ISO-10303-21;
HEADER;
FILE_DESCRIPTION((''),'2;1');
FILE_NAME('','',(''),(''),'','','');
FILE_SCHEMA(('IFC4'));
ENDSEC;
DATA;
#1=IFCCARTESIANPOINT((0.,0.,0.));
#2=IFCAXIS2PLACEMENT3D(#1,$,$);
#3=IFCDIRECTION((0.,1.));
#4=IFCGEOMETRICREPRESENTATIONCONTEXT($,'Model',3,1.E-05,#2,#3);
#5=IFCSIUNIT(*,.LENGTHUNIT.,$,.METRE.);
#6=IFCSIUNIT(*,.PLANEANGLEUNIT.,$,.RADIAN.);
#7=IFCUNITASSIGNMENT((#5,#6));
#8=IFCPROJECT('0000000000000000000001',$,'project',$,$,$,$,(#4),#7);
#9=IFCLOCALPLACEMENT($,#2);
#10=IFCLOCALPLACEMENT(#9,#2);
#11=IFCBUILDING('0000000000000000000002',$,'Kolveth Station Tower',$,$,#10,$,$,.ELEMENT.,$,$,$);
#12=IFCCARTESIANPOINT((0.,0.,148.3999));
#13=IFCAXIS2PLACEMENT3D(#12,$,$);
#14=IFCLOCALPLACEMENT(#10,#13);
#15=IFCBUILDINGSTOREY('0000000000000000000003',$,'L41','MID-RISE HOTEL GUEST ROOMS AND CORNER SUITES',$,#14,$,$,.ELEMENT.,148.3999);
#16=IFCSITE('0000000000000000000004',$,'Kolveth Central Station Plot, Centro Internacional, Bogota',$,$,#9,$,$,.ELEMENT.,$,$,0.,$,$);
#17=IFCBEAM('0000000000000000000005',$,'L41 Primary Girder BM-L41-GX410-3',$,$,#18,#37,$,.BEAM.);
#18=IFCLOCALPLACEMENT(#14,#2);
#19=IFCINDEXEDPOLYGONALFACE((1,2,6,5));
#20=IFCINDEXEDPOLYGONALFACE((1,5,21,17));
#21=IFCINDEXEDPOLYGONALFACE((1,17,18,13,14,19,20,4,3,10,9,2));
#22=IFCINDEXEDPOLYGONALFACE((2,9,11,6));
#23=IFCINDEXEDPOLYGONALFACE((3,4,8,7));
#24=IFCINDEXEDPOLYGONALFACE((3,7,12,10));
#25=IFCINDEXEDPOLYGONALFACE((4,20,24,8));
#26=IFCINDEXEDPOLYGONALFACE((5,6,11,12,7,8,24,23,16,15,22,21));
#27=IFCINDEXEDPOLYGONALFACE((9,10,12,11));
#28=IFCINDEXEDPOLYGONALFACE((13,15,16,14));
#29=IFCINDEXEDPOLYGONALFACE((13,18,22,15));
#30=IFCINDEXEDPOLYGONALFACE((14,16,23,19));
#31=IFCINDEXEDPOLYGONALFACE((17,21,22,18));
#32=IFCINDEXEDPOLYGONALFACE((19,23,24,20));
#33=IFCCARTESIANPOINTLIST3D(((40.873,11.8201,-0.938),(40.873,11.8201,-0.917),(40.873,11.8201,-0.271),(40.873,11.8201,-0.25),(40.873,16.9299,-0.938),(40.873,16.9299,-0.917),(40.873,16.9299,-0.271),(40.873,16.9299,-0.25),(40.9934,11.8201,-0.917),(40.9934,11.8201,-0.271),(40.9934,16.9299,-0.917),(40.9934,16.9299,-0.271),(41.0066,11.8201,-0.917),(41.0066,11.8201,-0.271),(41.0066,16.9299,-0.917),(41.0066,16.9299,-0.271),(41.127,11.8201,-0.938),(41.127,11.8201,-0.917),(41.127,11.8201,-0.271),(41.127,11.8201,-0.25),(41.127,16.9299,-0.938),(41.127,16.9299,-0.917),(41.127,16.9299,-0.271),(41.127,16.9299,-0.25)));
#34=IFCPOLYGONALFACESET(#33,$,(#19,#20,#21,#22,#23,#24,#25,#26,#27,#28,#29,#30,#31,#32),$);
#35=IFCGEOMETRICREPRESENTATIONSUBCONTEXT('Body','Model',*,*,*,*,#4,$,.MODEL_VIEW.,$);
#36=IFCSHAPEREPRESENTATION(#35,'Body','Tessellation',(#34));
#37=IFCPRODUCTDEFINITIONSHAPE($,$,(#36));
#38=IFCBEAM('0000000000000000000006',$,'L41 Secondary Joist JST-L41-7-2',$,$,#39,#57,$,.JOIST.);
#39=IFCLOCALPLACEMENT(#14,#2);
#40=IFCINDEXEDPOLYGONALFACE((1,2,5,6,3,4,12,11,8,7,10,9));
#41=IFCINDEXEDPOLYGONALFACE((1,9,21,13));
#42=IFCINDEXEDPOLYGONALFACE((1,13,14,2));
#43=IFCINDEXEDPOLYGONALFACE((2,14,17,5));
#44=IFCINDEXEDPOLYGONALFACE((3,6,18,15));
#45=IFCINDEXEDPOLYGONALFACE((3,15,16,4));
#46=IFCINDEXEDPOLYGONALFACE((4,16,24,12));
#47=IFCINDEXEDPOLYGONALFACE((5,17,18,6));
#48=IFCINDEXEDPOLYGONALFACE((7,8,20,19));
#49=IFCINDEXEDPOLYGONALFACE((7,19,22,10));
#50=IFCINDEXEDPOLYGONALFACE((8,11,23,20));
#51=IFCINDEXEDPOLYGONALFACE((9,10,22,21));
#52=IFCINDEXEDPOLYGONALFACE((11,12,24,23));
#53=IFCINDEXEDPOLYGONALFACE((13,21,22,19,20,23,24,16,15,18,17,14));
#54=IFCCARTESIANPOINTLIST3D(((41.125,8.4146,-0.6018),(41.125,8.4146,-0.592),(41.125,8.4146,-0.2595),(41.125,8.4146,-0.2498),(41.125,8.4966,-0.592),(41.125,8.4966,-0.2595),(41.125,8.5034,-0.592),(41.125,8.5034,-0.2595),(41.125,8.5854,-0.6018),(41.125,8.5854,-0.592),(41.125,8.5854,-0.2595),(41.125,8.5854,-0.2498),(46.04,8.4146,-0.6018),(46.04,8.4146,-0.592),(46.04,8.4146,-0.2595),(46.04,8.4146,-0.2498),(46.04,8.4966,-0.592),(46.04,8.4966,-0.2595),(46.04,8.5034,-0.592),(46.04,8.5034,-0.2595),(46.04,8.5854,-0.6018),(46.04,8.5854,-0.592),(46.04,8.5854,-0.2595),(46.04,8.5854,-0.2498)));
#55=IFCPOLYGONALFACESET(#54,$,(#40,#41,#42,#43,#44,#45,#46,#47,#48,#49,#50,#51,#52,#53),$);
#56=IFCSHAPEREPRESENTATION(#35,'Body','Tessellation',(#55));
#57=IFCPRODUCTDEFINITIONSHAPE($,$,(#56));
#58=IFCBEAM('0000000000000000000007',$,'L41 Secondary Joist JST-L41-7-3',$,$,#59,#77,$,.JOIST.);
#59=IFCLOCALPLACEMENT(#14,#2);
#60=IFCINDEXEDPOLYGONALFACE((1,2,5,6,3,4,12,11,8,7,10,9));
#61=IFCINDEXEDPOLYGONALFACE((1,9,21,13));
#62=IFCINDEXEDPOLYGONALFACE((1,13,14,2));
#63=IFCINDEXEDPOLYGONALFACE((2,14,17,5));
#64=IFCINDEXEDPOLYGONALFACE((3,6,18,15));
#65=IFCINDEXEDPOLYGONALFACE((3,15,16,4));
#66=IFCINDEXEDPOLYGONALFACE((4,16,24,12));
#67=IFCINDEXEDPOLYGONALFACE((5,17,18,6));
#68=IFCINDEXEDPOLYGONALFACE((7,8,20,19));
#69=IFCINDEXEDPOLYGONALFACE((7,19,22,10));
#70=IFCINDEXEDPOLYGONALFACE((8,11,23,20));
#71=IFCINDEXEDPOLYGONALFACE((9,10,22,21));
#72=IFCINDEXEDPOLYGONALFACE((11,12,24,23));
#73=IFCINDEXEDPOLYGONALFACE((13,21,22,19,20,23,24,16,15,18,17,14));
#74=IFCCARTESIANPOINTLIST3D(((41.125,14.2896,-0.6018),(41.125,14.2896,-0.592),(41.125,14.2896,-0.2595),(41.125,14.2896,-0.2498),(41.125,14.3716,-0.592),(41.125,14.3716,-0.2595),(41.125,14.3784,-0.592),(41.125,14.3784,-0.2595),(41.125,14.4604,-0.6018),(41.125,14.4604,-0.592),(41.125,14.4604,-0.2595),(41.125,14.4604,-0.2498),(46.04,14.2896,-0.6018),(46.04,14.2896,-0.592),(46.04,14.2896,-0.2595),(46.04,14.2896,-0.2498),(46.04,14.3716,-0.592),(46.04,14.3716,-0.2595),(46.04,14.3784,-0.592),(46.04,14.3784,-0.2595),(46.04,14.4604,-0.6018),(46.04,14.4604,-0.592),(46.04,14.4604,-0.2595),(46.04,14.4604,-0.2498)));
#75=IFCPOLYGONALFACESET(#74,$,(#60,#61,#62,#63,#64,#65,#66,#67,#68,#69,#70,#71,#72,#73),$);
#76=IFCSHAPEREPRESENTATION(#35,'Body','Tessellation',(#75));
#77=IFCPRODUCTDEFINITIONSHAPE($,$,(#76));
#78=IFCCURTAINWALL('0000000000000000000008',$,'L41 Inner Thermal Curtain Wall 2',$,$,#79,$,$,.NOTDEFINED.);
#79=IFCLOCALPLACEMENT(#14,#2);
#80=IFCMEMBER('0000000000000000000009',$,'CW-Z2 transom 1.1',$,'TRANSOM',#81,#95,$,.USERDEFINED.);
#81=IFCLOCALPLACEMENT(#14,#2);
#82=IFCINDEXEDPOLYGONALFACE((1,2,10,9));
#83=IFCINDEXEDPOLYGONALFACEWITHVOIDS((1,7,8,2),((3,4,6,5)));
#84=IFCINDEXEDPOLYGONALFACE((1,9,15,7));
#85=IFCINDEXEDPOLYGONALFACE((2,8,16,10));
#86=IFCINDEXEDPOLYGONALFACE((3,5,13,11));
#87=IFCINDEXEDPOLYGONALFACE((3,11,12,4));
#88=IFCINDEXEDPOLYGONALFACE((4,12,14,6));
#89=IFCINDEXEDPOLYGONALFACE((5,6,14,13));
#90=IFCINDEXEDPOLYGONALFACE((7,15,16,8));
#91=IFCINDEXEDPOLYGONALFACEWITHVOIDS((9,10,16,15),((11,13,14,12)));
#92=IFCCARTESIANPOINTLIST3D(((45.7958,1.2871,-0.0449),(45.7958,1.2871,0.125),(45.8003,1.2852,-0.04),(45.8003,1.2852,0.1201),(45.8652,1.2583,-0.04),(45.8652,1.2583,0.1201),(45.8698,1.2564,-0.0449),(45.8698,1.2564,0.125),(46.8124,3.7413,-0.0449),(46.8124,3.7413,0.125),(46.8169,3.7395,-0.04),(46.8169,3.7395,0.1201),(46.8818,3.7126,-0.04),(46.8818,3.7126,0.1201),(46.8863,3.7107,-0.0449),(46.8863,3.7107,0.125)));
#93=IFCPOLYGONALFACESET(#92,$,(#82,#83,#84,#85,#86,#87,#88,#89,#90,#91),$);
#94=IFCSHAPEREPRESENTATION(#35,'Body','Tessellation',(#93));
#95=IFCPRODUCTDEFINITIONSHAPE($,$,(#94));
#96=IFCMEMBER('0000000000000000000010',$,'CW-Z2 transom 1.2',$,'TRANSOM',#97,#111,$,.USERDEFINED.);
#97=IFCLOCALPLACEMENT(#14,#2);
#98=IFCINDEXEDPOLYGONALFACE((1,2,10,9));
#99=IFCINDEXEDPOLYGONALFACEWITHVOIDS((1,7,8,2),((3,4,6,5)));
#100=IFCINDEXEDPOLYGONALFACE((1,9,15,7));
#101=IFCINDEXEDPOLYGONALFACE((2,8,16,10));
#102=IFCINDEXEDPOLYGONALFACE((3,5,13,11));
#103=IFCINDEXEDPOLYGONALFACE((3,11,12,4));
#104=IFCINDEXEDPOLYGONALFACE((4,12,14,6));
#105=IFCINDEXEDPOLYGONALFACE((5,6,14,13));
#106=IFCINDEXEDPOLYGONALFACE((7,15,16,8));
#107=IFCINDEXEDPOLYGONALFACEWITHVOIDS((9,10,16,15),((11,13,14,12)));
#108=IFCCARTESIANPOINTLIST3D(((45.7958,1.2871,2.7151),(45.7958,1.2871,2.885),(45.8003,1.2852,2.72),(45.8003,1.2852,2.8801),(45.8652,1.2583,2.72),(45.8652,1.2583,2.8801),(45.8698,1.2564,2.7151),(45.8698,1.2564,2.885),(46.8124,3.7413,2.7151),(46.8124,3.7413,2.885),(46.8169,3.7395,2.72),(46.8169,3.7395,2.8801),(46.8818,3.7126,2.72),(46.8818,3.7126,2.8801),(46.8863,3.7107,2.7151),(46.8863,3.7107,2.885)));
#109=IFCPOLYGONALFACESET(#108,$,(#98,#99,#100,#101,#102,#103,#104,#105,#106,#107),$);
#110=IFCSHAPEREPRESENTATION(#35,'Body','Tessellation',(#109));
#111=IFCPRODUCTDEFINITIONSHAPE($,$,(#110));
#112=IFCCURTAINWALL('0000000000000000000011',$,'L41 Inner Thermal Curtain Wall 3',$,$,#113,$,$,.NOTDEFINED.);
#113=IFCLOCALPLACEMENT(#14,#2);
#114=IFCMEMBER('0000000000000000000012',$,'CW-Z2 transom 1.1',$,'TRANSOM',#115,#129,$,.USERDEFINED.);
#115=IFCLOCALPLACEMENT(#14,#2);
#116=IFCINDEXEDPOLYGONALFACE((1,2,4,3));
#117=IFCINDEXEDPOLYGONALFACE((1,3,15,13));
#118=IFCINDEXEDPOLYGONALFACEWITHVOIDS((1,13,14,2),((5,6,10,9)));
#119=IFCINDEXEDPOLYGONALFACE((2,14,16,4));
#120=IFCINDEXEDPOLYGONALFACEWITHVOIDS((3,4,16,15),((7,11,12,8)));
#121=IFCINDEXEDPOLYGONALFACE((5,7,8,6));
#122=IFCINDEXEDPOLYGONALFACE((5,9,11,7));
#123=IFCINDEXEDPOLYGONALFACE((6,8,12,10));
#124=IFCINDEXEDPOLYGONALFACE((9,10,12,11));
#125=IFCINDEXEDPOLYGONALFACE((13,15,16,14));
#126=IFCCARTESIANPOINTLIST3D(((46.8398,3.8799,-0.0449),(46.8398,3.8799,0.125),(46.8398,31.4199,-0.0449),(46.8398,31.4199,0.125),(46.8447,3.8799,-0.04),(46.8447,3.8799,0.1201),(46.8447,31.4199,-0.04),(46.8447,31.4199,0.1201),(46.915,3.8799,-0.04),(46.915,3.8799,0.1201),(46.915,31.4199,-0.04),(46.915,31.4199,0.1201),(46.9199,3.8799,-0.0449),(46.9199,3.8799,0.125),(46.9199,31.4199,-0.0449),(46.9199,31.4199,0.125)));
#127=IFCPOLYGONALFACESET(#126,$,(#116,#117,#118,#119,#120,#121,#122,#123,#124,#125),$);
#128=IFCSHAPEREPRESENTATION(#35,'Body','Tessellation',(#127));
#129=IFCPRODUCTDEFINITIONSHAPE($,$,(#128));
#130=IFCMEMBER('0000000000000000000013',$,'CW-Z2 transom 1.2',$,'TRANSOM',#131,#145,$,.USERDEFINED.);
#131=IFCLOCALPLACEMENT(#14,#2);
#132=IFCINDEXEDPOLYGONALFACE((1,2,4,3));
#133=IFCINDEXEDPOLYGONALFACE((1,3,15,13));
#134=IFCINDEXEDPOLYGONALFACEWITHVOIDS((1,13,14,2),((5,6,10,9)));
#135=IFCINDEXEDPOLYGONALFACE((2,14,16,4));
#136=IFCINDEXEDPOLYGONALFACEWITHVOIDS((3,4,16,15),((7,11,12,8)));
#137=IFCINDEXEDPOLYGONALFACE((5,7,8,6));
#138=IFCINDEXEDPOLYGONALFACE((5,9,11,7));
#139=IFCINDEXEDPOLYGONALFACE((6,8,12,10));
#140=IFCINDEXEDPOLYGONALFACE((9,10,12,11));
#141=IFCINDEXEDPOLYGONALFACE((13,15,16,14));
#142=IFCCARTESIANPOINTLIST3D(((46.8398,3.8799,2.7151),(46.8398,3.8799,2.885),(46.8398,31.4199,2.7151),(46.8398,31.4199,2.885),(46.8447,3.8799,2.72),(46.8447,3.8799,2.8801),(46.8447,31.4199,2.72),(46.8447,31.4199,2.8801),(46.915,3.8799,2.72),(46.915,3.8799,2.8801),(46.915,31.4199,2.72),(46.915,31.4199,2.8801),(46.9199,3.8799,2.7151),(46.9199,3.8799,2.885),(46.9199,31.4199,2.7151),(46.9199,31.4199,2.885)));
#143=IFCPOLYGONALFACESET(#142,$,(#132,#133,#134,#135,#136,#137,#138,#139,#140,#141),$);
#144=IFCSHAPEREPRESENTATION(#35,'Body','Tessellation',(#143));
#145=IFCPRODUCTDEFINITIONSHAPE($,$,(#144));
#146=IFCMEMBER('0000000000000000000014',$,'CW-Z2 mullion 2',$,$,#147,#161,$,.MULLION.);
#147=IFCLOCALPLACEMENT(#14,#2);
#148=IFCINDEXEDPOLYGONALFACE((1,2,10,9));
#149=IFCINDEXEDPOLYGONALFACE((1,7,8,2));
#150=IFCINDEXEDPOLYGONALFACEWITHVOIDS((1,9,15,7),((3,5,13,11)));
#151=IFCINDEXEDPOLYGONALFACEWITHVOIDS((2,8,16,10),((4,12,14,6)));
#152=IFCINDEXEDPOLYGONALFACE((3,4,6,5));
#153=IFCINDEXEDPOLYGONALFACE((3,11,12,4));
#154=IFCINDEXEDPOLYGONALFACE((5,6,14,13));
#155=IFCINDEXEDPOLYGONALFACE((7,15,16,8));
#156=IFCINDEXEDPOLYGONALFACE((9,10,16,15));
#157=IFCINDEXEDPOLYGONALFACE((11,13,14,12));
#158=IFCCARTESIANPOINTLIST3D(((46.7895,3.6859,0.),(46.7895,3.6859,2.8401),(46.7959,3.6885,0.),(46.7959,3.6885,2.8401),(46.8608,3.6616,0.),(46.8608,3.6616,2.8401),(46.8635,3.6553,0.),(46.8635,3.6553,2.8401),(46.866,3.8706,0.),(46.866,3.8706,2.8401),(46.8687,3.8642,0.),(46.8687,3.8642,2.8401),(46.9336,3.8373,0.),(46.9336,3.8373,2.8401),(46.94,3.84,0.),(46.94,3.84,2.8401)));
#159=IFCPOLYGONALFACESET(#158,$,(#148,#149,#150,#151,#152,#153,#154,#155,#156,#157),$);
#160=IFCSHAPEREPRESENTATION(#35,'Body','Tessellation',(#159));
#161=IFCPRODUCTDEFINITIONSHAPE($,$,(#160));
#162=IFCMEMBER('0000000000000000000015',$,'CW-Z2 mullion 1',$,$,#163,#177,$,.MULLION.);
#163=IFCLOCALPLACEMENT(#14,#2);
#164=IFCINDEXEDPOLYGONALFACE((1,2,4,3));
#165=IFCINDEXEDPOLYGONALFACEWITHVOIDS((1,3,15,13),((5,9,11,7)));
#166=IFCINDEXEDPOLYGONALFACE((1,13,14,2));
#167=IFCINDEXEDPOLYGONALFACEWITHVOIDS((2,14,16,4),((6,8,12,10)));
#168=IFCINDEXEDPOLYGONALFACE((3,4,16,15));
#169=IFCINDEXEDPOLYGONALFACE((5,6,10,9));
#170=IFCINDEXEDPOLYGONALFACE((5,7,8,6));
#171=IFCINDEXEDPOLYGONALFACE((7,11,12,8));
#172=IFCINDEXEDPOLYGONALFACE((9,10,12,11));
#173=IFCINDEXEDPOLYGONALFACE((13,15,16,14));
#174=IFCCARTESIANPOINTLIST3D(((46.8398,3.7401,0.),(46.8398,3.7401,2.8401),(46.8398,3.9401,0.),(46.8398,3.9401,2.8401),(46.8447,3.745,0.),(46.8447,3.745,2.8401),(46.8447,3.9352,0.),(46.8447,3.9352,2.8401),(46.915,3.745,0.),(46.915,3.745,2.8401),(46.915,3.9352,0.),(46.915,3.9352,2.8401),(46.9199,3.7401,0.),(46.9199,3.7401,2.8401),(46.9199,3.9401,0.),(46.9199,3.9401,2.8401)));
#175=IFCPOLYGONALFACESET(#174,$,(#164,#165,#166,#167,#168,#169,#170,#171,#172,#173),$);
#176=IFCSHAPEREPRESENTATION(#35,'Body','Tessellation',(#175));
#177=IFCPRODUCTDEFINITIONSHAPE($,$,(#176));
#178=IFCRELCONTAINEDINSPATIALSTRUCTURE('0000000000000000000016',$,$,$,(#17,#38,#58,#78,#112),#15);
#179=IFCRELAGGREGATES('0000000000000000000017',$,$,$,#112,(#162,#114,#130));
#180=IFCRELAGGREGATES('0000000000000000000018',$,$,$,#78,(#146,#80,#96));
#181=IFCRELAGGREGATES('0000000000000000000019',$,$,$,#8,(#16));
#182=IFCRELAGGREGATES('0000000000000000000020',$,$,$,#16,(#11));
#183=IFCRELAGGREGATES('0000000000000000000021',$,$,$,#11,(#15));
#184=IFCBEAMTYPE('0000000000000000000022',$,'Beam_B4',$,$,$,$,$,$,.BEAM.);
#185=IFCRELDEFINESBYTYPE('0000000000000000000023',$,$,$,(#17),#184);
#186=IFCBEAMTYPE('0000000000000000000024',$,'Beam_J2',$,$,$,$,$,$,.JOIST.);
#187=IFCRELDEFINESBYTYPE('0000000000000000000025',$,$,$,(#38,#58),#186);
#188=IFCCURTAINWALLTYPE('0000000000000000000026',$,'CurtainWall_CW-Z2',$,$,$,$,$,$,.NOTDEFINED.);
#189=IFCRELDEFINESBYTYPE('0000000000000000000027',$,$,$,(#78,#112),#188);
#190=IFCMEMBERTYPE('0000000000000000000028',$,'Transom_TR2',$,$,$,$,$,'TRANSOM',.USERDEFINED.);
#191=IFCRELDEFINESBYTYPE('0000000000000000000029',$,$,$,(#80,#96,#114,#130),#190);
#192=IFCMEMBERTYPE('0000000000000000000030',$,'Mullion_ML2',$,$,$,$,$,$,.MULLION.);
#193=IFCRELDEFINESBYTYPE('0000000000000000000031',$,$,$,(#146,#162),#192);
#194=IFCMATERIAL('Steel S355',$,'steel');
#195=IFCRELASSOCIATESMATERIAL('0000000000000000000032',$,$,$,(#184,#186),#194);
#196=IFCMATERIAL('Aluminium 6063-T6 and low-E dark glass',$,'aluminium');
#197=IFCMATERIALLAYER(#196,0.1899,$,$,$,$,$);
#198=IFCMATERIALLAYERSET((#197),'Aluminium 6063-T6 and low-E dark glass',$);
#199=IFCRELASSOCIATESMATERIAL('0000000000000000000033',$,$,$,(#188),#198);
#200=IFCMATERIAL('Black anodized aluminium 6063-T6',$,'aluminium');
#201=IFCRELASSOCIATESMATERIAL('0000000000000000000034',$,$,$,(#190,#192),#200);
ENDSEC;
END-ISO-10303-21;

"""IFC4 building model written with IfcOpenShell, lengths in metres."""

from ifc_helpers import new_model, si_unit, direction, frame, origin, origin_2d, place, context, subcontext, project, spatial, hollow_rectangle, i_section, extrude, source, transform, mapped, material, layer, layer_set, material_profile, profile_set, type_object, element, aggregate, save


model = new_model("IFC4")

# Units and contexts
model_context = context("Model", 3, precision=1e-05, world=origin(), true_north=direction((0.0, 1.0)))
body_context = subcontext(model_context, "Body", "Model", "MODEL_VIEW")
ifc_project = project(units=[si_unit("LENGTHUNIT", "METRE"), si_unit("PLANEANGLEUNIT", "RADIAN")], contexts=[model_context])

# Site, building, storey
site_placement = place(None, origin())
site = spatial("IfcSite", under=ifc_project, at=site_placement, Name="Kolveth Central Station Plot, Centro Internacional, Bogota", CompositionType="ELEMENT", RefElevation=0.0)
building_placement = place(site_placement, origin())
building = spatial("IfcBuilding", under=site, at=building_placement, Name="Kolveth Station Tower", CompositionType="ELEMENT")
storey_placement = place(building_placement, frame((0.0, 0.0, 148.3999)))
storey = spatial("IfcBuildingStorey", under=building, at=storey_placement, Name="L41", Description="MID-RISE HOTEL GUEST ROOMS AND CORNER SUITES", CompositionType="ELEMENT", Elevation=148.3999)

# Beams
ifc_material_1 = material(Name="Steel S355", Category="steel")
ifc_material_profile_1 = material_profile(ifc_material_1, i_section(OverallWidth=0.2539, OverallDepth=0.688, WebThickness=0.0132, FlangeThickness=0.021, at=origin_2d()), Name="W690x152")
ifc_profile_set_1 = profile_set([ifc_material_profile_1], Name="Steel S355")
beam_type_1 = type_object("IfcBeamType", Name="Beam_B4", PredefinedType="BEAM", material=ifc_profile_set_1)
shared_shape_1 = source(origin(), body_context, "Body", "SweptSolid", [
    extrude(i_section(OverallWidth=0.2539, OverallDepth=0.688, WebThickness=0.0132, FlangeThickness=0.021, at=origin_2d()), origin(), (0.0, 0.0, 1.0), 5.1099),
])
beam_1_placement = place(storey_placement, frame((41.0, 11.8201, -0.594), z_axis=(0.0, 1.0, 0.0), x_axis=(-1.0, 0.0, 0.0)))
element("IfcBeam", 1, at=beam_1_placement, inside=storey, type_object=beam_type_1, Name="L41 Primary Girder BM-L41-GX410-3", PredefinedType="BEAM", context=body_context, shape_type="MappedRepresentation", body=[
    mapped(shared_shape_1, transform((0.0, 0.0, 0.0), x_axis=(1.0, 0.0, 0.0), y_axis=(0.0, 1.0, 0.0), z_axis=(0.0, 0.0, 1.0), scale=1.0)),
])
ifc_material_profile_2 = material_profile(ifc_material_1, i_section(OverallWidth=0.1709, OverallDepth=0.3521, WebThickness=0.0068, FlangeThickness=0.0098, at=origin_2d()), Name="W360x44")
ifc_profile_set_2 = profile_set([ifc_material_profile_2], Name="Steel S355")
beam_type_2 = type_object("IfcBeamType", Name="Beam_J2", PredefinedType="JOIST", material=ifc_profile_set_2)
shared_shape_2 = source(origin(), body_context, "Body", "SweptSolid", [
    extrude(i_section(OverallWidth=0.1709, OverallDepth=0.3521, WebThickness=0.0068, FlangeThickness=0.0098, at=origin_2d()), origin(), (0.0, 0.0, 1.0), 4.915),
])
for number, where, z_axis, x_axis, name in (
    (2, (41.125, 8.5, -0.4258), (1.0, 0.0, 0.0), (0.0, 1.0, 0.0), "L41 Secondary Joist JST-L41-7-2"),
    (3, (41.125, 14.375, -0.4258), (1.0, 0.0, 0.0), (0.0, 1.0, 0.0), "L41 Secondary Joist JST-L41-7-3"),
):
    element("IfcBeam", number, at=place(storey_placement, frame(where, z_axis=z_axis, x_axis=x_axis)), inside=storey, type_object=beam_type_2, Name=name, PredefinedType="JOIST", context=body_context, shape_type="MappedRepresentation", body=[
        mapped(shared_shape_2, transform((0.0, 0.0, 0.0), x_axis=(1.0, 0.0, 0.0), y_axis=(0.0, 1.0, 0.0), z_axis=(0.0, 0.0, 1.0), scale=1.0)),
    ])

# Curtain walls, members
ifc_material_2 = material(Name="Aluminium 6063-T6 and low-E dark glass", Category="aluminium")
ifc_layer_1 = layer(ifc_material_2, 0.1899)
ifc_layer_set_1 = layer_set([ifc_layer_1], Name="Aluminium 6063-T6 and low-E dark glass")
curtain_wall_type_1 = type_object("IfcCurtainWallType", Name="CurtainWall_CW-Z2", PredefinedType="NOTDEFINED", material=ifc_layer_set_1)
curtain_wall_1_placement = place(storey_placement, origin())
curtain_wall_1 = element("IfcCurtainWall", 4, at=curtain_wall_1_placement, inside=storey, type_object=curtain_wall_type_1, Name="L41 Inner Thermal Curtain Wall 2", PredefinedType="NOTDEFINED")
ifc_material_3 = material(Name="Black anodized aluminium 6063-T6", Category="aluminium")
ifc_material_profile_3 = material_profile(ifc_material_3, hollow_rectangle(XDim=0.0801, YDim=0.1699, WallThickness=0.0049, at=origin_2d()), Name="ALU-80x170x5")
ifc_profile_set_3 = profile_set([ifc_material_profile_3], Name="Black anodized aluminium 6063-T6")
member_type_1 = type_object("IfcMemberType", Name="Transom_TR2", ElementType="TRANSOM", PredefinedType="USERDEFINED", material=ifc_profile_set_3)
shared_shape_3 = source(origin(), body_context, "Body", "SweptSolid", [
    extrude(hollow_rectangle(XDim=0.0801, YDim=0.1699, WallThickness=0.0049, at=origin_2d()), origin(), (0.0, 0.0, 1.0), 2.6565),
])
member_1_placement = place(storey_placement, frame((45.8328, 1.2717, 0.04), z_axis=(0.382676, 0.923882, 0.0), x_axis=(-0.923882, 0.382676, 0.0)))
member_1 = element("IfcMember", 5, at=member_1_placement, type_object=member_type_1, Name="CW-Z2 transom 1.1", ObjectType="TRANSOM", PredefinedType="USERDEFINED", context=body_context, shape_type="MappedRepresentation", body=[
    mapped(shared_shape_3, transform((0.0, 0.0, 0.0), x_axis=(1.0, 0.0, 0.0), y_axis=(0.0, 1.0, 0.0), z_axis=(0.0, 0.0, 1.0), scale=1.0)),
])
member_2_placement = place(storey_placement, frame((45.8328, 1.2717, 2.8), z_axis=(0.382676, 0.923882, 0.0), x_axis=(-0.923882, 0.382676, 0.0)))
member_2 = element("IfcMember", 6, at=member_2_placement, type_object=member_type_1, Name="CW-Z2 transom 1.2", ObjectType="TRANSOM", PredefinedType="USERDEFINED", context=body_context, shape_type="MappedRepresentation", body=[
    mapped(shared_shape_3, transform((0.0, 0.0, 0.0), x_axis=(1.0, 0.0, 0.0), y_axis=(0.0, 1.0, 0.0), z_axis=(0.0, 0.0, 1.0), scale=1.0)),
])
curtain_wall_2_placement = place(storey_placement, origin())
curtain_wall_2 = element("IfcCurtainWall", 7, at=curtain_wall_2_placement, inside=storey, type_object=curtain_wall_type_1, Name="L41 Inner Thermal Curtain Wall 3", PredefinedType="NOTDEFINED")
shared_shape_4 = source(origin(), body_context, "Body", "SweptSolid", [
    extrude(hollow_rectangle(XDim=0.0801, YDim=0.1699, WallThickness=0.0049, at=origin_2d()), origin(), (0.0, 0.0, 1.0), 27.54),
])
member_3_placement = place(storey_placement, frame((46.8799, 3.8799, 0.04), z_axis=(0.0, 1.0, 0.0), x_axis=(-1.0, 0.0, 0.0)))
member_3 = element("IfcMember", 8, at=member_3_placement, type_object=member_type_1, Name="CW-Z2 transom 1.1", ObjectType="TRANSOM", PredefinedType="USERDEFINED", context=body_context, shape_type="MappedRepresentation", body=[
    mapped(shared_shape_4, transform((0.0, 0.0, 0.0), x_axis=(1.0, 0.0, 0.0), y_axis=(0.0, 1.0, 0.0), z_axis=(0.0, 0.0, 1.0), scale=1.0)),
])
member_4_placement = place(storey_placement, frame((46.8799, 3.8799, 2.8), z_axis=(0.0, 1.0, 0.0), x_axis=(-1.0, 0.0, 0.0)))
member_4 = element("IfcMember", 9, at=member_4_placement, type_object=member_type_1, Name="CW-Z2 transom 1.2", ObjectType="TRANSOM", PredefinedType="USERDEFINED", context=body_context, shape_type="MappedRepresentation", body=[
    mapped(shared_shape_4, transform((0.0, 0.0, 0.0), x_axis=(1.0, 0.0, 0.0), y_axis=(0.0, 1.0, 0.0), z_axis=(0.0, 0.0, 1.0), scale=1.0)),
])

# Members
ifc_material_profile_4 = material_profile(ifc_material_3, hollow_rectangle(XDim=0.0801, YDim=0.2, WallThickness=0.0049, at=origin_2d()), Name="ALU-80x200x5")
ifc_profile_set_4 = profile_set([ifc_material_profile_4], Name="Black anodized aluminium 6063-T6")
member_type_2 = type_object("IfcMemberType", Name="Mullion_ML2", PredefinedType="MULLION", material=ifc_profile_set_4)
shared_shape_5 = source(origin(), body_context, "Body", "SweptSolid", [
    extrude(hollow_rectangle(XDim=0.0801, YDim=0.2, WallThickness=0.0049, at=origin_2d()), origin(), (0.0, 0.0, 1.0), 2.8401),
])
member_5_placement = place(storey_placement, frame((46.8647, 3.7629, 0.0), z_axis=(0.0, 0.0, 1.0), x_axis=(-0.923888, 0.382663, 0.0)))
member_5 = element("IfcMember", 10, at=member_5_placement, type_object=member_type_2, Name="CW-Z2 mullion 2", PredefinedType="MULLION", context=body_context, shape_type="MappedRepresentation", body=[
    mapped(shared_shape_5, transform((0.0, 0.0, 0.0), x_axis=(1.0, 0.0, 0.0), y_axis=(0.0, 1.0, 0.0), z_axis=(0.0, 0.0, 1.0), scale=1.0)),
])
member_6_placement = place(storey_placement, frame((46.8799, 3.8401, 0.0), z_axis=(0.0, 0.0, 1.0), x_axis=(-1.0, 0.0, 0.0)))
member_6 = element("IfcMember", 11, at=member_6_placement, type_object=member_type_2, Name="CW-Z2 mullion 1", PredefinedType="MULLION", context=body_context, shape_type="MappedRepresentation", body=[
    mapped(shared_shape_5, transform((0.0, 0.0, 0.0), x_axis=(1.0, 0.0, 0.0), y_axis=(0.0, 1.0, 0.0), z_axis=(0.0, 0.0, 1.0), scale=1.0)),
])
aggregate(curtain_wall_2, [member_6, member_3, member_4])

aggregate(curtain_wall_1, [member_5, member_1, member_2])

save(model, "model.ifc")
